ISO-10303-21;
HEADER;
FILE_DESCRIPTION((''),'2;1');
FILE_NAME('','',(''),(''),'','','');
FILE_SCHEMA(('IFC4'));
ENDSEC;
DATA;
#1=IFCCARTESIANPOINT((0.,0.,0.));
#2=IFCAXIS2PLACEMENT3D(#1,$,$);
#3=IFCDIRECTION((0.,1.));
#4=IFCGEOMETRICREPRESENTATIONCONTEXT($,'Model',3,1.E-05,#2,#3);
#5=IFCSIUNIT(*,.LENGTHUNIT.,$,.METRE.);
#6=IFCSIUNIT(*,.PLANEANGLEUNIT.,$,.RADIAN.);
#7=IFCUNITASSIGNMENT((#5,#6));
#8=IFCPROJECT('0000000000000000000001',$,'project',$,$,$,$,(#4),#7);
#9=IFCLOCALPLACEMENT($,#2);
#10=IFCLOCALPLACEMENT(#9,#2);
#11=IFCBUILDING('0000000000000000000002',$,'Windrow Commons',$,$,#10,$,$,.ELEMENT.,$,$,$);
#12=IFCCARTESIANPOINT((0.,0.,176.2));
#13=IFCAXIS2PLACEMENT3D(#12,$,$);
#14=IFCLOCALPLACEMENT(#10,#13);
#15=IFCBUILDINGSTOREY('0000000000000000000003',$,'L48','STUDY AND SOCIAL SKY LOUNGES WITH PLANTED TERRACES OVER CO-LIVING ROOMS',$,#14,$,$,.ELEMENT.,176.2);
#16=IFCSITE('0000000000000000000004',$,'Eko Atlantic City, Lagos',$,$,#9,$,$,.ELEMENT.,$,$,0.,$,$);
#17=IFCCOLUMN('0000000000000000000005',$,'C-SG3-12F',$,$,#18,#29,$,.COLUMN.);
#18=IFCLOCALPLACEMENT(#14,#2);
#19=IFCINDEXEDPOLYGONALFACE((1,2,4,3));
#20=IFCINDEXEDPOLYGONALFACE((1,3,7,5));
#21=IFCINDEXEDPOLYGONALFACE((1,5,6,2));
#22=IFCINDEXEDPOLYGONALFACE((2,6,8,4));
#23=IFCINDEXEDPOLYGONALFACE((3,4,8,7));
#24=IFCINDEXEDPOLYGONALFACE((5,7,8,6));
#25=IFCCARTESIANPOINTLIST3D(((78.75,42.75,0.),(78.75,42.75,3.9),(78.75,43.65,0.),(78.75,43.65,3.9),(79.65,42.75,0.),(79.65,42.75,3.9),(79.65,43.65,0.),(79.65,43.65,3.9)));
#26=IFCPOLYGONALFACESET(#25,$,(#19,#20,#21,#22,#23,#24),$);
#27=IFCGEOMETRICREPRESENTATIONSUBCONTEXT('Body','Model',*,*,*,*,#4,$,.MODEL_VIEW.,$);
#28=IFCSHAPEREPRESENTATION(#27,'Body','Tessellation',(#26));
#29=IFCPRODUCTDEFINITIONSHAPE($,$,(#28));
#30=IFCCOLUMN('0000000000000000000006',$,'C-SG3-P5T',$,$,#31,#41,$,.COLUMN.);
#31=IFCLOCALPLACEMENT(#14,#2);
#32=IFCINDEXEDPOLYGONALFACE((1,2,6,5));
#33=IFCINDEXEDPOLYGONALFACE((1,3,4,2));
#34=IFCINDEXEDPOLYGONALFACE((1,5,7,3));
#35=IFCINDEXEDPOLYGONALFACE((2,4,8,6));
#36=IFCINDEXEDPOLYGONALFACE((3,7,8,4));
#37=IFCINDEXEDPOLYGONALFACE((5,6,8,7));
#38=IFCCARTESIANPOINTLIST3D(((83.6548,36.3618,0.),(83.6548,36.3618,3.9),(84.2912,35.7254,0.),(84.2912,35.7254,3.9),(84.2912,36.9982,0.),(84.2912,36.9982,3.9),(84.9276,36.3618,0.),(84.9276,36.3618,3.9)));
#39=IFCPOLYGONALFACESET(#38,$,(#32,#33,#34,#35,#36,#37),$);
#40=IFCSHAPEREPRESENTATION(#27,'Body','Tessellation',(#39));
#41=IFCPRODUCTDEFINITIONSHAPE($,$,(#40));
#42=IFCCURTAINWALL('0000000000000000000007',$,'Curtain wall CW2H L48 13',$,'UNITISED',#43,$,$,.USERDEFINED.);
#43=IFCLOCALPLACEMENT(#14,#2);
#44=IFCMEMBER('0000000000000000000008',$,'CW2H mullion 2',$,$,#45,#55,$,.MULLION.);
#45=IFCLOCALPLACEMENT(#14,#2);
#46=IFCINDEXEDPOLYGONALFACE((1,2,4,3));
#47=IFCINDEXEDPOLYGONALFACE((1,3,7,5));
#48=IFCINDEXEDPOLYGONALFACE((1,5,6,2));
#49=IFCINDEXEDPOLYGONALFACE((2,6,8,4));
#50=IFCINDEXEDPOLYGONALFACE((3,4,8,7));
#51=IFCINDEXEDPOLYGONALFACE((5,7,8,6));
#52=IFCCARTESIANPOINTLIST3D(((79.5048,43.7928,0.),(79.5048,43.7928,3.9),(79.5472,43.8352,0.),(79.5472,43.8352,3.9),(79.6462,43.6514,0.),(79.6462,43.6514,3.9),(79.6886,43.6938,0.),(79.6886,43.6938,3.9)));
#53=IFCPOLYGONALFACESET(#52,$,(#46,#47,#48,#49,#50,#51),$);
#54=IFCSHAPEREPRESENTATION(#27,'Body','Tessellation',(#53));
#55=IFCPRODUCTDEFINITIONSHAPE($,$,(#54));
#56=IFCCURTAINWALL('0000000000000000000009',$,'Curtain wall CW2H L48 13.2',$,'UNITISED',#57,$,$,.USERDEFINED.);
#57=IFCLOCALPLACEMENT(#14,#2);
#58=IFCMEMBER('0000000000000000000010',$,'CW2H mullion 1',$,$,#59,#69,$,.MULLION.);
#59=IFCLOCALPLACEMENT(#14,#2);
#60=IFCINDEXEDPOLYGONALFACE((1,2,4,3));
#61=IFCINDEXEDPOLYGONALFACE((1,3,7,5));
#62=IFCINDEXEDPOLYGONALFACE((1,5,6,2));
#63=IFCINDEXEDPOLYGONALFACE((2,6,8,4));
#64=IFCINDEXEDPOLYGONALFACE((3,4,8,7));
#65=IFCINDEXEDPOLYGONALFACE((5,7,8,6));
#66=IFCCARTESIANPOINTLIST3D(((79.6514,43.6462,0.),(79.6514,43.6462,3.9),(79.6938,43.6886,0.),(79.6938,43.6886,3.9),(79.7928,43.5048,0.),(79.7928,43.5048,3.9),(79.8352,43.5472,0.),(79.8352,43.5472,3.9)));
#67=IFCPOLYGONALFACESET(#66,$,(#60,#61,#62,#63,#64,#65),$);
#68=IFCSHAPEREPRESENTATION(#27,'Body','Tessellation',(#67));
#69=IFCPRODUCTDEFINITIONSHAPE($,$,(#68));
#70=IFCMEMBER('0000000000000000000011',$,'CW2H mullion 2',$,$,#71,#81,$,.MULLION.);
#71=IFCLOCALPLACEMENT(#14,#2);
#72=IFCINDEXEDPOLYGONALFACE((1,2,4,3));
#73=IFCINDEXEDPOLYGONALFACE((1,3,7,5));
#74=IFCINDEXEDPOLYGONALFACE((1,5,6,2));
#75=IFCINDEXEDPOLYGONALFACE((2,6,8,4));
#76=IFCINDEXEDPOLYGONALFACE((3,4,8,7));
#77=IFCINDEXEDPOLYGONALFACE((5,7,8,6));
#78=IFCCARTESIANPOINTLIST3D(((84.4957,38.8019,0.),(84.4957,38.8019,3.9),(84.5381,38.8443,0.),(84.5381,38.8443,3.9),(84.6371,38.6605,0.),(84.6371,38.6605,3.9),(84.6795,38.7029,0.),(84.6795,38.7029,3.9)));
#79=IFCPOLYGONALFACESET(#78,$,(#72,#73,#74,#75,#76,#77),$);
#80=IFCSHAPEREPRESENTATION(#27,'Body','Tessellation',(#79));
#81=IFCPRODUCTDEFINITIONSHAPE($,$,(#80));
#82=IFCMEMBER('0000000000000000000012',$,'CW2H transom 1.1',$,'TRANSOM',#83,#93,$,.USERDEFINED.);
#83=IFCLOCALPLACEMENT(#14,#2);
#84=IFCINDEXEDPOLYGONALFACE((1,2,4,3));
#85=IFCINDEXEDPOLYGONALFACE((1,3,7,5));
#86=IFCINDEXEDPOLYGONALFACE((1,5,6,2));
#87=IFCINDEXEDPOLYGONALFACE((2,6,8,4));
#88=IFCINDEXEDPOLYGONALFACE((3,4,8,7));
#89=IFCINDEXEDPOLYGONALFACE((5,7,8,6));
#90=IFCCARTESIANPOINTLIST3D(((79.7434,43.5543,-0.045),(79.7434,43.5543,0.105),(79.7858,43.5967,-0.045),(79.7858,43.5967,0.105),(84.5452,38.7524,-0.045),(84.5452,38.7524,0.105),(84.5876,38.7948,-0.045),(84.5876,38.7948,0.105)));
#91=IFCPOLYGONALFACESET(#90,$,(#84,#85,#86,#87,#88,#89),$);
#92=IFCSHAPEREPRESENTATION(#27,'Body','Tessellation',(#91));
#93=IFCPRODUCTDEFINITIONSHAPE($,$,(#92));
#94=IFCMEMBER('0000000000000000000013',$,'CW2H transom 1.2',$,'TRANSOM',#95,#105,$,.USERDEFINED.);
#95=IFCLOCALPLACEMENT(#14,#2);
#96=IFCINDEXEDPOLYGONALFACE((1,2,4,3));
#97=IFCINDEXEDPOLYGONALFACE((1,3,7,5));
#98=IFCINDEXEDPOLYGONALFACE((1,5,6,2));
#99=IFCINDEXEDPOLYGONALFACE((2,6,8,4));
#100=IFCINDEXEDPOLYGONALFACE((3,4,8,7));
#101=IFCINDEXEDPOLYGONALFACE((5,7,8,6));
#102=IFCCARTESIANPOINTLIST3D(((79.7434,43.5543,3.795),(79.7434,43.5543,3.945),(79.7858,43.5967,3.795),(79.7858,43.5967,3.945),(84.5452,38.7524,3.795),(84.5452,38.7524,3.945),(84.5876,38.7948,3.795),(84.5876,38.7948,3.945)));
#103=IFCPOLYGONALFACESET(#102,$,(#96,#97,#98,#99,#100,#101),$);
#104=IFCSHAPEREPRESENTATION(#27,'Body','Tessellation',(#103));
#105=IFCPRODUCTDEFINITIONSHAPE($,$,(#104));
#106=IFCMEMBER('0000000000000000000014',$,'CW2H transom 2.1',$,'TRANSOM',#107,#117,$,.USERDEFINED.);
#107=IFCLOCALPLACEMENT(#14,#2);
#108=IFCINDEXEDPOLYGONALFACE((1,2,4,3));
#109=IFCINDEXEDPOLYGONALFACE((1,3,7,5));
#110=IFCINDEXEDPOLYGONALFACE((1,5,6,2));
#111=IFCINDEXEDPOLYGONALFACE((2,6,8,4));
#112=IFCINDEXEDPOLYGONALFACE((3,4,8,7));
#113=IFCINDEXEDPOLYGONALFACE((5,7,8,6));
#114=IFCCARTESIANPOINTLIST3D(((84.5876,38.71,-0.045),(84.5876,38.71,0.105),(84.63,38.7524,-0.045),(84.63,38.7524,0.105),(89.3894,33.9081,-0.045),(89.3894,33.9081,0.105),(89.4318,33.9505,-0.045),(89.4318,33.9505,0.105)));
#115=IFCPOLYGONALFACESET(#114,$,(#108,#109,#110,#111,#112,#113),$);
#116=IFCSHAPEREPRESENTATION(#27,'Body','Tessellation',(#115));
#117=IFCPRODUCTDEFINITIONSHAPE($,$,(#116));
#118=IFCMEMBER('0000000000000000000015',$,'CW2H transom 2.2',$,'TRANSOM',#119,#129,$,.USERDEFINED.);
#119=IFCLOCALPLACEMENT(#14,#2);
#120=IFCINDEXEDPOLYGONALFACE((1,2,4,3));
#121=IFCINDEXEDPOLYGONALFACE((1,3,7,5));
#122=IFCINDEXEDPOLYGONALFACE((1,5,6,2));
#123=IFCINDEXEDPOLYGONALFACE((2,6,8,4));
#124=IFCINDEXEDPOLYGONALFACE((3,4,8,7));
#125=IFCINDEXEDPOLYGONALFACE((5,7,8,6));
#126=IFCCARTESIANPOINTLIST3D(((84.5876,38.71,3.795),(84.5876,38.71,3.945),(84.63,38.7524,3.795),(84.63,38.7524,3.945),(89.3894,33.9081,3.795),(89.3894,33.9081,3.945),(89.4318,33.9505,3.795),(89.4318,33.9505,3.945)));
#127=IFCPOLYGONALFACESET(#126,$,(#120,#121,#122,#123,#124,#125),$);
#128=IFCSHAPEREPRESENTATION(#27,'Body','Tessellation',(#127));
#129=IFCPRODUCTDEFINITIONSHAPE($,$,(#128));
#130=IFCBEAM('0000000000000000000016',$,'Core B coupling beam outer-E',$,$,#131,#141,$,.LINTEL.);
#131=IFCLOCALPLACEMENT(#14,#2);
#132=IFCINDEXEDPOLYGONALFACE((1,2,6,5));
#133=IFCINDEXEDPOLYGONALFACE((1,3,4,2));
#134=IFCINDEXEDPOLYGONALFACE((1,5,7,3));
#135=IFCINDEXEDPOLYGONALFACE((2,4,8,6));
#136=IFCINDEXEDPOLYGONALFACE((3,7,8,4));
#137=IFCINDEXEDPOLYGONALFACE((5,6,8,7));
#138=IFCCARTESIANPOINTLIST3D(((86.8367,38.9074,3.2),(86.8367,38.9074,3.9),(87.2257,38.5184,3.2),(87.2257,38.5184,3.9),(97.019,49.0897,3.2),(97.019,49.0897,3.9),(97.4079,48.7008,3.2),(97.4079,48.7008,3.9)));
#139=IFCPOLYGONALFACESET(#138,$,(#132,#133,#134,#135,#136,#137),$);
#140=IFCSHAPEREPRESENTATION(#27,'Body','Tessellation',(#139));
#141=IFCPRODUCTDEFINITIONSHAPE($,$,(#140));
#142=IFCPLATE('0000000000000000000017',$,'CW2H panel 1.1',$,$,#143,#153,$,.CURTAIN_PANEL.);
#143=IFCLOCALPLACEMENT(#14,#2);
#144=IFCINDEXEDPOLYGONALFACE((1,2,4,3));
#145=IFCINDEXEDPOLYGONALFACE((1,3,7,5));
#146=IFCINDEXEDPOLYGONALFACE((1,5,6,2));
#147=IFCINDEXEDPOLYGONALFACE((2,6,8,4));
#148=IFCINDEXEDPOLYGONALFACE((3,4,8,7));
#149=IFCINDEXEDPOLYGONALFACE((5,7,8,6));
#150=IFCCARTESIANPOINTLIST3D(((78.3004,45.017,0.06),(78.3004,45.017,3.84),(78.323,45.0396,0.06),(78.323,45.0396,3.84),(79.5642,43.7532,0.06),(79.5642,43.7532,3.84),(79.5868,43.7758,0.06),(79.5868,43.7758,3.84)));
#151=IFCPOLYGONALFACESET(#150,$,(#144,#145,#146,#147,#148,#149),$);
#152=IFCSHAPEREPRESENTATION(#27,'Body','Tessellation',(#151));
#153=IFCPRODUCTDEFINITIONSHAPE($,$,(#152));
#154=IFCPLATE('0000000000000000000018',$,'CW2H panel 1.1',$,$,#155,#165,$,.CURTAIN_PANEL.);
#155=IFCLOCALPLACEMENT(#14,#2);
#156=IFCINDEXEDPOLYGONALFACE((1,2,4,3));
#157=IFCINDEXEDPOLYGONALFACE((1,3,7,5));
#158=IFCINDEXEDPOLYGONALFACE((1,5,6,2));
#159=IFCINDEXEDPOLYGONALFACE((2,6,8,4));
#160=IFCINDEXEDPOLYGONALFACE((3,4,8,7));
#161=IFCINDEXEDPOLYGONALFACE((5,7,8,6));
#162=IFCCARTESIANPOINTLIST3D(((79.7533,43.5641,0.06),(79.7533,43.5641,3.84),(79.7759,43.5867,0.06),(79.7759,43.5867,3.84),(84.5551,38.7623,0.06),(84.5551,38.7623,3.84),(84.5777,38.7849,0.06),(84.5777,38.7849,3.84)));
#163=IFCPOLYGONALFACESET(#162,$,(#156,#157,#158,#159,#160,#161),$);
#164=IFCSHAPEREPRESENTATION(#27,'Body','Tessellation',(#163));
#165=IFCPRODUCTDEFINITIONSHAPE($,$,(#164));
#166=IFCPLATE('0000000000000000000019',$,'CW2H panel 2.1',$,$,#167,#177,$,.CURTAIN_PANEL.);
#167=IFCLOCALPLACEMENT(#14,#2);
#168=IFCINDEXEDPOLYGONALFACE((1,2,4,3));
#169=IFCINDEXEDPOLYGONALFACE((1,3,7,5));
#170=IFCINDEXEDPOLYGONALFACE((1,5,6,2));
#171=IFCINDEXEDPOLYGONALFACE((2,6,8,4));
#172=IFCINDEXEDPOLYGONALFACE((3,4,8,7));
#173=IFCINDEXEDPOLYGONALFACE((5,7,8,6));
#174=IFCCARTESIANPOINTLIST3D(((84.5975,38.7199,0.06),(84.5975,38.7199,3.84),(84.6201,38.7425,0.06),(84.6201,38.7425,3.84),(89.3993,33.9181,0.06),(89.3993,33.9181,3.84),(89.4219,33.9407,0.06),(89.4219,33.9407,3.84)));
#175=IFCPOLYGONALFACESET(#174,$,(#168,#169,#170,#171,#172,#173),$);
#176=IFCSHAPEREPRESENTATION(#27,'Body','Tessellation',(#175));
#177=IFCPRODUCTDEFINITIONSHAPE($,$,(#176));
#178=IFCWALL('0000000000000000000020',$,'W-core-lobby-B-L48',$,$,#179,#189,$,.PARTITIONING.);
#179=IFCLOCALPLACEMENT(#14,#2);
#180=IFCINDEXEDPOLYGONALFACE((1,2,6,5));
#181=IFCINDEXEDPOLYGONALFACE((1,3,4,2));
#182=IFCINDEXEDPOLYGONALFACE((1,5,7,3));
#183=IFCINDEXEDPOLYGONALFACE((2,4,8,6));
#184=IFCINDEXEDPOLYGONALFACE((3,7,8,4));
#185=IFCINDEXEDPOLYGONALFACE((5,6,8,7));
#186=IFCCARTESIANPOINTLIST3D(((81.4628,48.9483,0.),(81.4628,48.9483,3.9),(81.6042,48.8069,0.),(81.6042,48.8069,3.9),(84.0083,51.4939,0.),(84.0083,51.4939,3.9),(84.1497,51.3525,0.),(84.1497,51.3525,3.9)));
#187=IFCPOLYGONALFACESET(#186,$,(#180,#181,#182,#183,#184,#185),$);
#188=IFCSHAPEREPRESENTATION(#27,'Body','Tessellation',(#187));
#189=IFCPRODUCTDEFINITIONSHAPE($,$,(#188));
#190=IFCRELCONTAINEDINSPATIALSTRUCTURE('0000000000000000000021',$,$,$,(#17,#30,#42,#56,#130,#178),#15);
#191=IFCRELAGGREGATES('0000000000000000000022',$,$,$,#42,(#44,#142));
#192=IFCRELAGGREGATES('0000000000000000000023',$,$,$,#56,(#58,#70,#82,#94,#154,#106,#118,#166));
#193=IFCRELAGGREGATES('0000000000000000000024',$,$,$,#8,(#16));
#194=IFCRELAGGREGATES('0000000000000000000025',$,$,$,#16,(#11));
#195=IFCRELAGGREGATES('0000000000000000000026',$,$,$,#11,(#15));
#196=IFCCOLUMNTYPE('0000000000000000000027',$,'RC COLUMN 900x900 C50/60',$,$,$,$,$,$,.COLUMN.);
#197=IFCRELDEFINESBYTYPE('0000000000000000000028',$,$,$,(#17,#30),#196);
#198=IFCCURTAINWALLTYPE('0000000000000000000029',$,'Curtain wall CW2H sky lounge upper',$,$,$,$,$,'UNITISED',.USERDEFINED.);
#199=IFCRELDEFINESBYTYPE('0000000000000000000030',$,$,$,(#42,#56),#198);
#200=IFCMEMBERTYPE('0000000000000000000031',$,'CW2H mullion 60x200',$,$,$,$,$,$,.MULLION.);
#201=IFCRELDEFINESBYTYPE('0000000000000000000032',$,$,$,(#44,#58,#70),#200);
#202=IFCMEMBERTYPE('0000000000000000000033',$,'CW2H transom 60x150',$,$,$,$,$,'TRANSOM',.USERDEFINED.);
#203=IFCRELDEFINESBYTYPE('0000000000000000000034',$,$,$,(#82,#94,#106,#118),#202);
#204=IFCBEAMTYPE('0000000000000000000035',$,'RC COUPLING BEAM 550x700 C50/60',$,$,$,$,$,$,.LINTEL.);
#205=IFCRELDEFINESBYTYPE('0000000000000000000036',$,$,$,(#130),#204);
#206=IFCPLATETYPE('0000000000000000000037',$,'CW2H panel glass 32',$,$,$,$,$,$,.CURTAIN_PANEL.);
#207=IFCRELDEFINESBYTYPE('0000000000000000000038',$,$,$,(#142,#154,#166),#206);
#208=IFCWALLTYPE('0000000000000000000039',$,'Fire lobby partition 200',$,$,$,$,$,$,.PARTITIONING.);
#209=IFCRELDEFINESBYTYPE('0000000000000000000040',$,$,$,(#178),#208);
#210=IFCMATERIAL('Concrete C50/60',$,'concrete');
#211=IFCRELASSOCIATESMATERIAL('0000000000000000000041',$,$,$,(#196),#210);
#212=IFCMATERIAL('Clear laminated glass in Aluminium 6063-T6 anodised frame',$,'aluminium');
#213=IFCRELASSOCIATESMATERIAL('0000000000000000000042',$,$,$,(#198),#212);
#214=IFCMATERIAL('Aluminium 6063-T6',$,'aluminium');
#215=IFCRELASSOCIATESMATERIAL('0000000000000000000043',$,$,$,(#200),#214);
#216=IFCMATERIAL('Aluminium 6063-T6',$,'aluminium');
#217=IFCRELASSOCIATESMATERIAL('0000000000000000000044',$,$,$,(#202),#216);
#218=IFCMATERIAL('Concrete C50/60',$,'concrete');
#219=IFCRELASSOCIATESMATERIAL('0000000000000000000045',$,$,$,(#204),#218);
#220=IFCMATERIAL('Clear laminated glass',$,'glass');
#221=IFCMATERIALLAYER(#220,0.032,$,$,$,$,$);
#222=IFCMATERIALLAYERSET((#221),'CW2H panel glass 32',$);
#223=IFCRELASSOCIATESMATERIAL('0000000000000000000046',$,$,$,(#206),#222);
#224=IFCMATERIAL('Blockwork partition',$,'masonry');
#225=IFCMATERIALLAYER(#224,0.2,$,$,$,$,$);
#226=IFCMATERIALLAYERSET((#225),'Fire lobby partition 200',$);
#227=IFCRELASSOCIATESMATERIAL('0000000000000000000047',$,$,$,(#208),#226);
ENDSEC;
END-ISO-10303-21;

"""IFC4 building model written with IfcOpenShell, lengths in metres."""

from ifc_helpers import new_model, si_unit, direction, frame, frame_2d, origin, origin_2d, place, context, subcontext, project, spatial, rectangle, extrude, material, layer, layer_set, material_profile, profile_set, type_object, element, aggregate, save


model = new_model("IFC4")

# Units and contexts
model_context = context("Model", 3, precision=1e-05, world=origin(), true_north=direction((0.0, 1.0)))
body_context = subcontext(model_context, "Body", "Model", "MODEL_VIEW")
ifc_project = project(units=[si_unit("LENGTHUNIT", "METRE"), si_unit("PLANEANGLEUNIT", "RADIAN")], contexts=[model_context])

# Site, building, storey
site_placement = place(None, origin())
site = spatial("IfcSite", under=ifc_project, at=site_placement, Name="Eko Atlantic City, Lagos", CompositionType="ELEMENT", RefElevation=0.0)
building_placement = place(site_placement, origin())
building = spatial("IfcBuilding", under=site, at=building_placement, Name="Windrow Commons", CompositionType="ELEMENT")
storey_placement = place(building_placement, frame((0.0, 0.0, 176.2)))
storey = spatial("IfcBuildingStorey", under=building, at=storey_placement, Name="L48", Description="STUDY AND SOCIAL SKY LOUNGES WITH PLANTED TERRACES OVER CO-LIVING ROOMS", CompositionType="ELEMENT", Elevation=176.2)

# Columns
ifc_material_1 = material(Name="Concrete C50/60", Category="concrete")
ifc_material_profile_1 = material_profile(ifc_material_1, rectangle(XDim=0.9, YDim=0.9, at=origin_2d()))
ifc_profile_set_1 = profile_set([ifc_material_profile_1], Name="Concrete C50/60")
column_type = type_object("IfcColumnType", Name="RC COLUMN 900x900 C50/60", PredefinedType="COLUMN", material=ifc_profile_set_1)
for number, where, z_axis, x_axis, name in (
    (1, (79.2, 43.2, 0.0), (0.0, 0.0, 1.0), (1.0, 0.0, 0.0), "C-SG3-12F"),
    (2, (84.2912, 36.3618, 0.0), (0.0, 0.0, 1.0), (0.707107, -0.707107, 0.0), "C-SG3-P5T"),
):
    element("IfcColumn", number, at=place(storey_placement, frame(where, z_axis=z_axis, x_axis=x_axis)), inside=storey, type_object=column_type, Name=name, PredefinedType="COLUMN", context=body_context, shape_type="SweptSolid", body=[
        extrude(rectangle(XDim=0.9, YDim=0.9, at=origin_2d()), origin(), (0.0, 0.0, 1.0), 3.9),
    ])

# Curtain wall, member
ifc_material_2 = material(Name="Clear laminated glass in Aluminium 6063-T6 anodised frame", Category="aluminium")
curtain_wall_type = type_object("IfcCurtainWallType", Name="Curtain wall CW2H sky lounge upper", ElementType="UNITISED", PredefinedType="USERDEFINED", material=ifc_material_2)
placement = place(storey_placement, origin())
curtain_wall_1 = element("IfcCurtainWall", 3, at=placement, inside=storey, type_object=curtain_wall_type, Name="Curtain wall CW2H L48 13", ObjectType="UNITISED", PredefinedType="USERDEFINED")
ifc_material_3 = material(Name="Aluminium 6063-T6", Category="aluminium")
ifc_material_profile_2 = material_profile(ifc_material_3, rectangle(XDim=0.06, YDim=0.2, at=origin_2d()))
ifc_profile_set_2 = profile_set([ifc_material_profile_2], Name="Aluminium 6063-T6")
member_type_1 = type_object("IfcMemberType", Name="CW2H mullion 60x200", PredefinedType="MULLION", material=ifc_profile_set_2)
member_1_placement = place(storey_placement, frame((79.5967, 43.7433, 0.0), z_axis=(0.0, 0.0, 1.0), x_axis=(0.70711, 0.707104, 0.0)))
member_1 = element("IfcMember", 4, at=member_1_placement, type_object=member_type_1, Name="CW2H mullion 2", PredefinedType="MULLION", context=body_context, shape_type="SweptSolid", body=[
    extrude(rectangle(XDim=0.06, YDim=0.2, at=origin_2d()), origin(), (0.0, 0.0, 1.0), 3.9),
])

# Curtain wall, members
curtain_wall_2 = element("IfcCurtainWall", 5, at=placement, inside=storey, type_object=curtain_wall_type, Name="Curtain wall CW2H L48 13.2", ObjectType="UNITISED", PredefinedType="USERDEFINED")
member_2_placement = place(storey_placement, frame((79.7433, 43.5967, 0.0), z_axis=(0.0, 0.0, 1.0), x_axis=(0.70711, 0.707104, 0.0)))
member_2 = element("IfcMember", 6, at=member_2_placement, type_object=member_type_1, Name="CW2H mullion 1", PredefinedType="MULLION", context=body_context, shape_type="SweptSolid", body=[
    extrude(rectangle(XDim=0.06, YDim=0.2, at=origin_2d()), origin(), (0.0, 0.0, 1.0), 3.9),
])
member_3_placement = place(storey_placement, frame((84.5876, 38.7524, 0.0), z_axis=(0.0, 0.0, 1.0), x_axis=(0.70711, 0.707104, 0.0)))
member_3 = element("IfcMember", 7, at=member_3_placement, type_object=member_type_1, Name="CW2H mullion 2", PredefinedType="MULLION", context=body_context, shape_type="SweptSolid", body=[
    extrude(rectangle(XDim=0.06, YDim=0.2, at=origin_2d()), origin(), (0.0, 0.0, 1.0), 3.9),
])
ifc_material_4 = material(Name="Aluminium 6063-T6", Category="aluminium")
ifc_material_profile_3 = material_profile(ifc_material_4, rectangle(XDim=0.06, YDim=0.15, at=origin_2d()))
ifc_profile_set_3 = profile_set([ifc_material_profile_3], Name="Aluminium 6063-T6")
member_type_2 = type_object("IfcMemberType", Name="CW2H transom 60x150", ElementType="TRANSOM", PredefinedType="USERDEFINED", material=ifc_profile_set_3)
member_4_placement = place(storey_placement, frame((79.7646, 43.5755, 0.03), z_axis=(0.707099, -0.707114, 0.0), x_axis=(0.707114, 0.707099, 0.0)))
member_4 = element("IfcMember", 8, at=member_4_placement, type_object=member_type_2, Name="CW2H transom 1.1", ObjectType="TRANSOM", PredefinedType="USERDEFINED", context=body_context, shape_type="SweptSolid", body=[
    extrude(rectangle(XDim=0.06, YDim=0.15, at=origin_2d()), origin(), (0.0, 0.0, 1.0), 6.7908),
])
member_5_placement = place(storey_placement, frame((79.7646, 43.5755, 3.87), z_axis=(0.707099, -0.707114, 0.0), x_axis=(0.707114, 0.707099, 0.0)))
member_5 = element("IfcMember", 9, at=member_5_placement, type_object=member_type_2, Name="CW2H transom 1.2", ObjectType="TRANSOM", PredefinedType="USERDEFINED", context=body_context, shape_type="SweptSolid", body=[
    extrude(rectangle(XDim=0.06, YDim=0.15, at=origin_2d()), origin(), (0.0, 0.0, 1.0), 6.7908),
])
member_6_placement = place(storey_placement, frame((84.6088, 38.7312, 0.03), z_axis=(0.707099, -0.707114, 0.0), x_axis=(0.707114, 0.707099, 0.0)))
member_6 = element("IfcMember", 10, at=member_6_placement, type_object=member_type_2, Name="CW2H transom 2.1", ObjectType="TRANSOM", PredefinedType="USERDEFINED", context=body_context, shape_type="SweptSolid", body=[
    extrude(rectangle(XDim=0.06, YDim=0.15, at=origin_2d()), origin(), (0.0, 0.0, 1.0), 6.7908),
])
member_7_placement = place(storey_placement, frame((84.6088, 38.7312, 3.87), z_axis=(0.707099, -0.707114, 0.0), x_axis=(0.707114, 0.707099, 0.0)))
member_7 = element("IfcMember", 11, at=member_7_placement, type_object=member_type_2, Name="CW2H transom 2.2", ObjectType="TRANSOM", PredefinedType="USERDEFINED", context=body_context, shape_type="SweptSolid", body=[
    extrude(rectangle(XDim=0.06, YDim=0.15, at=origin_2d()), origin(), (0.0, 0.0, 1.0), 6.7908),
])

# Beam
ifc_material_5 = material(Name="Concrete C50/60", Category="concrete")
ifc_material_profile_4 = material_profile(ifc_material_5, rectangle(XDim=0.55, YDim=0.7, at=origin_2d()))
ifc_profile_set_4 = profile_set([ifc_material_profile_4], Name="Concrete C50/60")
beam_type = type_object("IfcBeamType", Name="RC COUPLING BEAM 550x700 C50/60", PredefinedType="LINTEL", material=ifc_profile_set_4)
beam_placement = place(storey_placement, frame((87.0312, 38.7129, 3.55), z_axis=(0.707103, 0.70711, 0.0), x_axis=(-0.70711, 0.707103, 0.0)))
element("IfcBeam", 12, at=beam_placement, inside=storey, type_object=beam_type, Name="Core B coupling beam outer-E", PredefinedType="LINTEL", context=body_context, shape_type="SweptSolid", body=[
    extrude(rectangle(XDim=0.55, YDim=0.7, at=origin_2d()), origin(), (0.0, 0.0, 1.0), 14.4),
])

# Plates
ifc_material_6 = material(Name="Clear laminated glass", Category="glass")
ifc_layer_1 = layer(ifc_material_6, 0.032)
ifc_layer_set_1 = layer_set([ifc_layer_1], Name="CW2H panel glass 32")
plate_type = type_object("IfcPlateType", Name="CW2H panel glass 32", PredefinedType="CURTAIN_PANEL", material=ifc_layer_set_1)
plate_1_placement = place(storey_placement, frame((78.9436, 44.3964, 0.06), z_axis=(0.0, 0.0, 1.0), x_axis=(0.707104, -0.70711, 0.0)))
plate_1 = element("IfcPlate", 13, at=plate_1_placement, type_object=plate_type, Name="CW2H panel 1.1", PredefinedType="CURTAIN_PANEL", context=body_context, shape_type="SweptSolid", body=[
    extrude(rectangle(XDim=1.7872, YDim=0.032, at=origin_2d()), origin(), (0.0, 0.0, 1.0), 3.78),
])
aggregate(curtain_wall_1, [member_1, plate_1])
plate_2_placement = place(storey_placement, frame((82.1655, 41.1745, 0.06), z_axis=(0.0, 0.0, 1.0), x_axis=(0.707104, -0.70711, 0.0)))
plate_2 = element("IfcPlate", 14, at=plate_2_placement, type_object=plate_type, Name="CW2H panel 1.1", PredefinedType="CURTAIN_PANEL", context=body_context, shape_type="SweptSolid", body=[
    extrude(rectangle(XDim=6.7908, YDim=0.032, at=origin_2d()), origin(), (0.0, 0.0, 1.0), 3.78),
])
plate_3_placement = place(storey_placement, frame((87.0097, 36.3303, 0.06), z_axis=(0.0, 0.0, 1.0), x_axis=(0.707104, -0.70711, 0.0)))
plate_3 = element("IfcPlate", 15, at=plate_3_placement, type_object=plate_type, Name="CW2H panel 2.1", PredefinedType="CURTAIN_PANEL", context=body_context, shape_type="SweptSolid", body=[
    extrude(rectangle(XDim=6.7908, YDim=0.032, at=origin_2d()), origin(), (0.0, 0.0, 1.0), 3.78),
])
aggregate(curtain_wall_2, [member_2, member_3, member_4, member_5, plate_2, member_6, member_7, plate_3])

# Wall
ifc_material_7 = material(Name="Blockwork partition", Category="masonry")
ifc_layer_2 = layer(ifc_material_7, 0.2)
ifc_layer_set_2 = layer_set([ifc_layer_2], Name="Fire lobby partition 200")
wall_type_1 = type_object("IfcWallType", Name="Fire lobby partition 200", PredefinedType="PARTITIONING", material=ifc_layer_set_2)
wall_1_placement = place(storey_placement, frame((81.5335, 48.8776, 0.0), z_axis=(0.0, 0.0, 1.0), x_axis=(0.707093, 0.707121, 0.0)))
element("IfcWall", 16, at=wall_1_placement, inside=storey, type_object=wall_type_1, Name="W-core-lobby-B-L48", PredefinedType="PARTITIONING", context=body_context, shape_type="SweptSolid", body=[
    extrude(rectangle(XDim=3.6, YDim=0.2, at=frame_2d((1.8, 0.0))), origin(), (0.0, 0.0, 1.0), 3.9),
])

save(model, "model.ifc")
